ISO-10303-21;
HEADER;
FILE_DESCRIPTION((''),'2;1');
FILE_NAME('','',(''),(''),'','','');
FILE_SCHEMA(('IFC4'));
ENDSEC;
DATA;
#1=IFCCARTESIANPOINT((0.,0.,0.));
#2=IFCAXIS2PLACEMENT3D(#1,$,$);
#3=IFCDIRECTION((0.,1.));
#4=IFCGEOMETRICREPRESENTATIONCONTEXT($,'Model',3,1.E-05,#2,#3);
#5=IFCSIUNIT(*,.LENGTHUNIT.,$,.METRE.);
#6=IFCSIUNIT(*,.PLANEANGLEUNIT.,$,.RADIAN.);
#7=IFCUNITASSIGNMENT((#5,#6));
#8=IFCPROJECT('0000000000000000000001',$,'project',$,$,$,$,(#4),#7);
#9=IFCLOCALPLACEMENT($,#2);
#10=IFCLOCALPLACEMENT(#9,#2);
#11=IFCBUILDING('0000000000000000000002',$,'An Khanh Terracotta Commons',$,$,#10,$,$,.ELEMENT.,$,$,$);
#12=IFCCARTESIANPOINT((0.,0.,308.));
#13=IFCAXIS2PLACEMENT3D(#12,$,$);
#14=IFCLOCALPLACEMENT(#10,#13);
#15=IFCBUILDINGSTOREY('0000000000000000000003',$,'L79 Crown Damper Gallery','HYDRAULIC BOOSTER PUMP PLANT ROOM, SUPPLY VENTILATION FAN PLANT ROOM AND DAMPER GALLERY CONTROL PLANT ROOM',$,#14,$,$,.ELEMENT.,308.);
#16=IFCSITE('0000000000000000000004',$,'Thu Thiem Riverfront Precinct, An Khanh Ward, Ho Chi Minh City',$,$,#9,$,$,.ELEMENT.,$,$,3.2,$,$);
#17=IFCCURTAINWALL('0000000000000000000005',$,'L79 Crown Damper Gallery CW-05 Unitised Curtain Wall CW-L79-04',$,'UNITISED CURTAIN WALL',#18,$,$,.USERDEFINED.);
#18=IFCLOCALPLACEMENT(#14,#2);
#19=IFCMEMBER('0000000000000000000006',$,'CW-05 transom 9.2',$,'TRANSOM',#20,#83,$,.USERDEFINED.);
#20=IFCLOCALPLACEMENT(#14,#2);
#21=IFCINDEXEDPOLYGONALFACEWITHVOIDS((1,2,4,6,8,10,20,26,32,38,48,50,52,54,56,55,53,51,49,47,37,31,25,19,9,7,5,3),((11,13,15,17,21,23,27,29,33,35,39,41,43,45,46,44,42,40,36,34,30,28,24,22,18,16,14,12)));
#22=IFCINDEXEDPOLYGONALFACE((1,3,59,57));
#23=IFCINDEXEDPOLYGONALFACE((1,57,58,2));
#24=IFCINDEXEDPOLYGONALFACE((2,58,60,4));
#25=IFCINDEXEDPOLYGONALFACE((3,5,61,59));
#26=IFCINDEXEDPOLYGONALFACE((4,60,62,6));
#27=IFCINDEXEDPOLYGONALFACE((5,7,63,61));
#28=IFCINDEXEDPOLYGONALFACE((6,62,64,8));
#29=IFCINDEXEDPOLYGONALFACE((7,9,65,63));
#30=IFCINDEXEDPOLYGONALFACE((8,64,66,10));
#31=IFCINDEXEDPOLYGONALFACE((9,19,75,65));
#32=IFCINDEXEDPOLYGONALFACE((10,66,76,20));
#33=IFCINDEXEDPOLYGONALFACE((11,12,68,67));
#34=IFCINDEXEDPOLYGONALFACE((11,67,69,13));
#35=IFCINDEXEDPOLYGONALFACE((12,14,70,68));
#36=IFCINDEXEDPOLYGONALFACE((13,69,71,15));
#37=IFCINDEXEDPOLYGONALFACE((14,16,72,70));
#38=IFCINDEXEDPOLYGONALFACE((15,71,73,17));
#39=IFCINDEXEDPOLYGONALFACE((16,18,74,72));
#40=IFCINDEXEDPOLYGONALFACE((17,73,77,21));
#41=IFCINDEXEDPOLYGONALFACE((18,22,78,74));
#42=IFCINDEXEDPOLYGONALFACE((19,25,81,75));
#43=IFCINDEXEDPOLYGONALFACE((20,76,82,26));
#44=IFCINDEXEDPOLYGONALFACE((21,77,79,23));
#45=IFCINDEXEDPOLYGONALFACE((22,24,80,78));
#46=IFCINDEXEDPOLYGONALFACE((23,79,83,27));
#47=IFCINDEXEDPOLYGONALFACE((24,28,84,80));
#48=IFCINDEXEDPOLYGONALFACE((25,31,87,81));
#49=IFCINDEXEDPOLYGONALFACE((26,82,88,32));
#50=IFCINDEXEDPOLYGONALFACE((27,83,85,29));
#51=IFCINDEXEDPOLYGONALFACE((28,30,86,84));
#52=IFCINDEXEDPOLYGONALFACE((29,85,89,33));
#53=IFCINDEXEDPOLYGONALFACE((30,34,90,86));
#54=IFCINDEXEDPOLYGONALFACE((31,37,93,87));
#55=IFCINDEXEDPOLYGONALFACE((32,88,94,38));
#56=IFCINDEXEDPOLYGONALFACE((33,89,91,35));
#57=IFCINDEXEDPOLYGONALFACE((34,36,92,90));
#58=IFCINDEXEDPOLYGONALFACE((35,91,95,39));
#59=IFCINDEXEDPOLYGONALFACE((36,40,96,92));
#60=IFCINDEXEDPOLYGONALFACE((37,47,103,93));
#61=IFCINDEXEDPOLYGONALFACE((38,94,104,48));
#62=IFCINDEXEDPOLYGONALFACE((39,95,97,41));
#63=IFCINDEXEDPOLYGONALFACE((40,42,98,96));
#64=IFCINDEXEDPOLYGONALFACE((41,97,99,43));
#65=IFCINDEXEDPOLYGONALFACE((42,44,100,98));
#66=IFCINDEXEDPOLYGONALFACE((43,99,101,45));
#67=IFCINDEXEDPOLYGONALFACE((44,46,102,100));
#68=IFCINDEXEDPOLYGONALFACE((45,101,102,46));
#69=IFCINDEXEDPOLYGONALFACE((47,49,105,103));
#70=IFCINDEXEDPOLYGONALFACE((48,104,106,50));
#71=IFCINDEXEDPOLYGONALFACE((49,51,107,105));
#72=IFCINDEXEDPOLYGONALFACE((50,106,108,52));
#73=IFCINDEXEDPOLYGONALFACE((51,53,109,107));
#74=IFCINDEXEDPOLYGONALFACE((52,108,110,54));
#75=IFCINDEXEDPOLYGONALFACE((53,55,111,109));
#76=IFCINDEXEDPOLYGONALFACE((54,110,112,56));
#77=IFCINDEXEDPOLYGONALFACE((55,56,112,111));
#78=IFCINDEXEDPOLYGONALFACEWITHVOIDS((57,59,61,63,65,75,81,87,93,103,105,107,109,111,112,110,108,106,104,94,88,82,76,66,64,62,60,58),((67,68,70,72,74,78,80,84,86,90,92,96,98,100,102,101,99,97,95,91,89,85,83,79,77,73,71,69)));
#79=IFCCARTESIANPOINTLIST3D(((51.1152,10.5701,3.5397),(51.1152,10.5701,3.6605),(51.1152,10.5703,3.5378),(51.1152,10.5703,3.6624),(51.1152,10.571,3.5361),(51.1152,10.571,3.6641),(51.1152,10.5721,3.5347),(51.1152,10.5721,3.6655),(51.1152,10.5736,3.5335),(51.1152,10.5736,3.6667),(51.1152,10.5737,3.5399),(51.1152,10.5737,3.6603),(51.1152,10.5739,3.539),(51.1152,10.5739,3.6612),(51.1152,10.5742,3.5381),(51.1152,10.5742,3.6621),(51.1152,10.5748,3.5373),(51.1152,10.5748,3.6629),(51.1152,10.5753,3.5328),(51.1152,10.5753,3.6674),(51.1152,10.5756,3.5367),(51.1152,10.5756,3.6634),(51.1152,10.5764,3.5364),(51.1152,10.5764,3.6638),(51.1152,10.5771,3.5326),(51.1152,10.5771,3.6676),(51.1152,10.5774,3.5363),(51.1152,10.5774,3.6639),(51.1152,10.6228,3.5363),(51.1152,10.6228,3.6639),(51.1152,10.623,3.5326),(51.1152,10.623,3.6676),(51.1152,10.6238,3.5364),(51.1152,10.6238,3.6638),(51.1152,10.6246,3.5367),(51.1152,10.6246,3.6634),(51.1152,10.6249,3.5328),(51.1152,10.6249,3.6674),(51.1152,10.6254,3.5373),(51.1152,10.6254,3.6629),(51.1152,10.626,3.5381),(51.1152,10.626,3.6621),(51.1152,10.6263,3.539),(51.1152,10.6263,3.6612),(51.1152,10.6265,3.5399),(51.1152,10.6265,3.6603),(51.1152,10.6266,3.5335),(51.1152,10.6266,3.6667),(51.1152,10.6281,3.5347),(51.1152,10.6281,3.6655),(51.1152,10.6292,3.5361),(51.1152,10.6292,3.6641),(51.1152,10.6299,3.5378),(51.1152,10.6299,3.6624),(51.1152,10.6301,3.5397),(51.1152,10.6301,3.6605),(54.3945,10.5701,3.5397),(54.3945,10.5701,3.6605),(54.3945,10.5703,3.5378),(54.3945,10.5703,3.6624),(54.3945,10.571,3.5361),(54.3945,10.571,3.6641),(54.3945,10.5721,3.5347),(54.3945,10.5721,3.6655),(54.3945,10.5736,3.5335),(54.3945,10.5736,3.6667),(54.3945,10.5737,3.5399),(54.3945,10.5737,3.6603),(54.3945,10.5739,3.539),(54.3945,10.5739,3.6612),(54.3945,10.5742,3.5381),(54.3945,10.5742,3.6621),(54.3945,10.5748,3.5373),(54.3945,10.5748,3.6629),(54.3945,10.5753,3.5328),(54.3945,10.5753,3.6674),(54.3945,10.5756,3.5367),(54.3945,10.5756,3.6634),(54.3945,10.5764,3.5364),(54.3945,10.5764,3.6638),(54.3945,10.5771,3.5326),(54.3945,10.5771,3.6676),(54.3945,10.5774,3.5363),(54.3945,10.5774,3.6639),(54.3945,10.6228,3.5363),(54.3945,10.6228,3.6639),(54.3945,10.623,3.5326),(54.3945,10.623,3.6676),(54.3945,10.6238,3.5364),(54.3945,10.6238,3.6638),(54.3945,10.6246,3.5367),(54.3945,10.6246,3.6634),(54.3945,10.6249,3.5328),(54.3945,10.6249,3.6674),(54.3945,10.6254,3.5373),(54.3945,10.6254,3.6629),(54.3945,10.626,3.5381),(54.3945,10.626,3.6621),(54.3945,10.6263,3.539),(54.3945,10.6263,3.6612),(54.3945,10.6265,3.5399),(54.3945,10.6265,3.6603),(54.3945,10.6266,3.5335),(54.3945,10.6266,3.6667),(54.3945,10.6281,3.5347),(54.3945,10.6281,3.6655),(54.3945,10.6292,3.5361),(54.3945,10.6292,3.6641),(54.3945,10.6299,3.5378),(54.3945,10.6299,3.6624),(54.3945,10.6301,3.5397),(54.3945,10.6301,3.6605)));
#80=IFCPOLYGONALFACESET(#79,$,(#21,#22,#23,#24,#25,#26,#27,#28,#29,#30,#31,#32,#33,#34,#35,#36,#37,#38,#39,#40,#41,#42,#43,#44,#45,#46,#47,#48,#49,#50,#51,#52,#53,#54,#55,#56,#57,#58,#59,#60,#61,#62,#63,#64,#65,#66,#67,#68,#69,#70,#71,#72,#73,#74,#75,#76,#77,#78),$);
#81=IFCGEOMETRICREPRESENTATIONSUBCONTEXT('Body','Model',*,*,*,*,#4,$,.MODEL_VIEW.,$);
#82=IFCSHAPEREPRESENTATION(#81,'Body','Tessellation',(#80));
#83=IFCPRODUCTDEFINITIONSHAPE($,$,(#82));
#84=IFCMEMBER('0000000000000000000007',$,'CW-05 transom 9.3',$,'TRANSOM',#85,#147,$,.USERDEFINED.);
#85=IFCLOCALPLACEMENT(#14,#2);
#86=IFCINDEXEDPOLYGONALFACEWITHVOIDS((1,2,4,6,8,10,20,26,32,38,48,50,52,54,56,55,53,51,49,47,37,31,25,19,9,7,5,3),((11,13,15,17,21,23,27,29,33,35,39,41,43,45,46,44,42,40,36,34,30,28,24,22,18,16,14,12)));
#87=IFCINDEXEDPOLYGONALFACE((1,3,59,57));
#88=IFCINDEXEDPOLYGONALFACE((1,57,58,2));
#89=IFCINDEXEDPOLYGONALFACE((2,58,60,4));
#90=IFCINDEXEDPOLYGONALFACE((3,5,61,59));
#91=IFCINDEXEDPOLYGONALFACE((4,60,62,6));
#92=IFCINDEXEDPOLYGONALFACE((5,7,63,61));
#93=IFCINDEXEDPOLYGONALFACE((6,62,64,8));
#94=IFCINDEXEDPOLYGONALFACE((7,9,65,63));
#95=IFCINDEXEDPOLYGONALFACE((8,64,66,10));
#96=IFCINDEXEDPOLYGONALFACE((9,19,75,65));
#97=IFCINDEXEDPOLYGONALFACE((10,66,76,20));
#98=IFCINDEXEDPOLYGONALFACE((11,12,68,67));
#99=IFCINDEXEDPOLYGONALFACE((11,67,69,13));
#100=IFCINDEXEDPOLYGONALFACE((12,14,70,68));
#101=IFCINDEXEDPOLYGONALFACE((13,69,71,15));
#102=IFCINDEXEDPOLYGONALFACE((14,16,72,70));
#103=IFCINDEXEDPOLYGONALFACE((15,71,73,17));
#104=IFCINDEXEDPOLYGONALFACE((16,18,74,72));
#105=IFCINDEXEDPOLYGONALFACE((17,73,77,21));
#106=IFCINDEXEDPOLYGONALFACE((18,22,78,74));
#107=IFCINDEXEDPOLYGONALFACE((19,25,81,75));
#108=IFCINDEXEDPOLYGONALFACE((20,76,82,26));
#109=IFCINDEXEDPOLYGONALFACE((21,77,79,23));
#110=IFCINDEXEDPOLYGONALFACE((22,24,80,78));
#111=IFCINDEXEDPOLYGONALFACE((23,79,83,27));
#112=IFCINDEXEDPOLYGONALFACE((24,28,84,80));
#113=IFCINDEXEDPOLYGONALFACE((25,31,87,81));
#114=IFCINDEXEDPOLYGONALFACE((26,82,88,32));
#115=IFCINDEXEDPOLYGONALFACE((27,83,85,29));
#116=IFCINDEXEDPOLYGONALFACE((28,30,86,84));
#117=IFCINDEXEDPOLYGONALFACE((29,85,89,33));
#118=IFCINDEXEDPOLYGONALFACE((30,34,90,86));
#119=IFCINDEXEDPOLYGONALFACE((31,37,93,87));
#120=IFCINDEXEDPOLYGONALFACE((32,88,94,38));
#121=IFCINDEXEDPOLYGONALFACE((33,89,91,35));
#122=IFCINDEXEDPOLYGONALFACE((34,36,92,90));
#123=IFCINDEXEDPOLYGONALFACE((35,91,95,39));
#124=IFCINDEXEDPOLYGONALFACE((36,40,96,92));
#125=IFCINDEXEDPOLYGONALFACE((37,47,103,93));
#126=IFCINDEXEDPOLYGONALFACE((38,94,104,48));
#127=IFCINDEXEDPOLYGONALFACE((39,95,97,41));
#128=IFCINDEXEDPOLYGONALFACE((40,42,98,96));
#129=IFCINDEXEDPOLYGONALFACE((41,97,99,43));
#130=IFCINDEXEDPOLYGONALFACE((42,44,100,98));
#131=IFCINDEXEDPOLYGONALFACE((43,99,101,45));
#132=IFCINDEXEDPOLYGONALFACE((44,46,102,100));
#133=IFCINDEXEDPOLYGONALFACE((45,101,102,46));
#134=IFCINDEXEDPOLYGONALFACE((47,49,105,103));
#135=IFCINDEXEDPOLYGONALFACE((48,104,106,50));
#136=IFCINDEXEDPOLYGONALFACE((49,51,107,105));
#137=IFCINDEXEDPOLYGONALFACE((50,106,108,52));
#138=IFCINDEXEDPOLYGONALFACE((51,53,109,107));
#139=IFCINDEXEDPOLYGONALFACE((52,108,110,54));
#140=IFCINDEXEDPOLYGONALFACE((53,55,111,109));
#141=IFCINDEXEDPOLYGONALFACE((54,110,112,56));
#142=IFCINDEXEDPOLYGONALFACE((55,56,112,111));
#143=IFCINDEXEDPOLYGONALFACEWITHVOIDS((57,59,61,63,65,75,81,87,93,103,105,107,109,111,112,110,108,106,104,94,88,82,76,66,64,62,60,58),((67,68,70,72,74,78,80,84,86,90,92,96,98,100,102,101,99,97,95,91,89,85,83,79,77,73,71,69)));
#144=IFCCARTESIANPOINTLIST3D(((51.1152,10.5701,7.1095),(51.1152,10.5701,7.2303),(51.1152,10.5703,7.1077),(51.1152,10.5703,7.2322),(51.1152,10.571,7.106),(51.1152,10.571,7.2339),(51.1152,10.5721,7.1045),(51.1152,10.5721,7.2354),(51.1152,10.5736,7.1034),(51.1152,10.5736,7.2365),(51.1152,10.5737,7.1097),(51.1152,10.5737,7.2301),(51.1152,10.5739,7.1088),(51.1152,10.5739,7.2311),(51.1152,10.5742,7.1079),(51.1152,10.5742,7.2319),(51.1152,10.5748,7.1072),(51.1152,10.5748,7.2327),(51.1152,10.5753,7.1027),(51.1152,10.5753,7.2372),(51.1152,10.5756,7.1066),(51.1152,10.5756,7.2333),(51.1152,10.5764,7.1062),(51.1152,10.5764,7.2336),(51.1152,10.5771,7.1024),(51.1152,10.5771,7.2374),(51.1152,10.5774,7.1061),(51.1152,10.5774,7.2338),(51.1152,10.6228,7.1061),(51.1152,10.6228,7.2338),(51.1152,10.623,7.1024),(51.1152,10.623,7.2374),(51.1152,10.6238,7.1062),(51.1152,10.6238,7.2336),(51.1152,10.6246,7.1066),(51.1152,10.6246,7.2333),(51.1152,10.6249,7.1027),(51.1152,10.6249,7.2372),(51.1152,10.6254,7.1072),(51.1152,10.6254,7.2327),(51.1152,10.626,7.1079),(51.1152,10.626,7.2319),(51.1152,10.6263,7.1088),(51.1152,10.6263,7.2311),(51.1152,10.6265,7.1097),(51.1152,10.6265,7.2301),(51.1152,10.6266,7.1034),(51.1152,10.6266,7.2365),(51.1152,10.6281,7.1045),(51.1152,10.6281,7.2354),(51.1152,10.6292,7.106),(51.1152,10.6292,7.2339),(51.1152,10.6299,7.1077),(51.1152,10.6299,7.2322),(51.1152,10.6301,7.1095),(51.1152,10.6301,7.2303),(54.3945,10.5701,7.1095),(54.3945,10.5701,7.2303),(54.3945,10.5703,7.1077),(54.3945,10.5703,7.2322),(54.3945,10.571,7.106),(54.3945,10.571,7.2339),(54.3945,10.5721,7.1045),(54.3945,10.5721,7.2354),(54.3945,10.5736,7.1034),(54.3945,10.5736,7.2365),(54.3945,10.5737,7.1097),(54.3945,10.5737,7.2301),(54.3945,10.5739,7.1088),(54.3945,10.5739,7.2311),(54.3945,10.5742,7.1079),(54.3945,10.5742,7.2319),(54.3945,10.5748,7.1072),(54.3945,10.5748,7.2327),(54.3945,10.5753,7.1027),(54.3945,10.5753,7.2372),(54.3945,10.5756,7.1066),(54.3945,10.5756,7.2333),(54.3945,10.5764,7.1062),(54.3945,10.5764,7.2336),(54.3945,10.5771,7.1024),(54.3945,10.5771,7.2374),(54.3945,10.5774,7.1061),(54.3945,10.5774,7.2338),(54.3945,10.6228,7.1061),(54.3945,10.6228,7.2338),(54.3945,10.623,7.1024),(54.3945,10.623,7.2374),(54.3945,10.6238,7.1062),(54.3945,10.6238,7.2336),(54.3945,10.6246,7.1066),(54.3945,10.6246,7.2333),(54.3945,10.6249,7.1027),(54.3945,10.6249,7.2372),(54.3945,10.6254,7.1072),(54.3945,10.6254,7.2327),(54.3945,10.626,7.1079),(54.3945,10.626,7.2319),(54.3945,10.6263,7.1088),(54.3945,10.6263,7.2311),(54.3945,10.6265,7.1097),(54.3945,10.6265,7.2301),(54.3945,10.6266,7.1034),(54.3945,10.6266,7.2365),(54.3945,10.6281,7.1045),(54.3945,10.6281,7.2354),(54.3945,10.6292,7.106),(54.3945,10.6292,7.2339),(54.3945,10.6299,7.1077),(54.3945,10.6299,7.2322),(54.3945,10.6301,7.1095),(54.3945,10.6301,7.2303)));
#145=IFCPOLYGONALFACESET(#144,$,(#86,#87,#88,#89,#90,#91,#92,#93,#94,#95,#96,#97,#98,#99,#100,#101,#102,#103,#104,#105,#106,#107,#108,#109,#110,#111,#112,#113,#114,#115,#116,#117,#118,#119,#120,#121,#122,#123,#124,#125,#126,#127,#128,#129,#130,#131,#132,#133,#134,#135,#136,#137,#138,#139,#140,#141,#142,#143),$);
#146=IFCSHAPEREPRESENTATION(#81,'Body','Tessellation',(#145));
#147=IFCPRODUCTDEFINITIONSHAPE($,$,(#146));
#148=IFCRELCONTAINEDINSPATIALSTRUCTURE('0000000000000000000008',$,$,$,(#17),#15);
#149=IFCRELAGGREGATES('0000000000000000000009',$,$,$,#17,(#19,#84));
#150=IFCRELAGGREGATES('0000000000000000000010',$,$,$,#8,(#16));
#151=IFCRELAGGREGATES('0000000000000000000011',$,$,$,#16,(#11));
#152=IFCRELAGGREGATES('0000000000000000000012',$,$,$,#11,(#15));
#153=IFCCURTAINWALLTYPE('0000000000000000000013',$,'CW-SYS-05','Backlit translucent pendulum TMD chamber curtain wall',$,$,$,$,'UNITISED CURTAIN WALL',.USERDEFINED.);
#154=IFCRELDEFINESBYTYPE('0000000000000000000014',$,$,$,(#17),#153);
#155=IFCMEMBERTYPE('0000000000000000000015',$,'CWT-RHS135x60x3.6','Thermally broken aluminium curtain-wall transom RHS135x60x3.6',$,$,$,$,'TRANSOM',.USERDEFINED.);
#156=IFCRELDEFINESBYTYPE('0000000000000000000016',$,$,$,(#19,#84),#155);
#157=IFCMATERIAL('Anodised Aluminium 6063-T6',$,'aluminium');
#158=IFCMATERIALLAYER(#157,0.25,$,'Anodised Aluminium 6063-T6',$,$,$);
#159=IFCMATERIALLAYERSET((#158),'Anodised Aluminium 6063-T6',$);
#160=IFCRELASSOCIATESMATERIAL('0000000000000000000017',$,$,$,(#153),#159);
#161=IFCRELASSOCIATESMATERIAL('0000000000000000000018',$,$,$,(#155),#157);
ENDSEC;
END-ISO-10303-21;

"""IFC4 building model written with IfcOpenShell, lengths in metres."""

from ifc_helpers import new_model, si_unit, direction, frame, origin, origin_2d, place, context, subcontext, project, spatial, hollow_rectangle, extrude, material, layer, layer_set, material_profile, profile_set, type_object, element, aggregate, save


model = new_model("IFC4")

# Units and contexts
model_context = context("Model", 3, precision=1e-05, world=origin(), true_north=direction((0.0, 1.0)))
body_context = subcontext(model_context, "Body", "Model", "MODEL_VIEW")
ifc_project = project(units=[si_unit("LENGTHUNIT", "METRE"), si_unit("PLANEANGLEUNIT", "RADIAN")], contexts=[model_context])

# Site, building, storey
site_placement = place(None, origin())
site = spatial("IfcSite", under=ifc_project, at=site_placement, Name="Thu Thiem Riverfront Precinct, An Khanh Ward, Ho Chi Minh City", CompositionType="ELEMENT", RefElevation=3.2)
building_placement = place(site_placement, origin())
building = spatial("IfcBuilding", under=site, at=building_placement, Name="An Khanh Terracotta Commons", CompositionType="ELEMENT")
storey_placement = place(building_placement, frame((0.0, 0.0, 308.0)))
storey = spatial("IfcBuildingStorey", under=building, at=storey_placement, Name="L79 Crown Damper Gallery", Description="HYDRAULIC BOOSTER PUMP PLANT ROOM, SUPPLY VENTILATION FAN PLANT ROOM AND DAMPER GALLERY CONTROL PLANT ROOM", CompositionType="ELEMENT", Elevation=308.0)

# Curtain wall, members
ifc_material_1 = material(Name="Anodised Aluminium 6063-T6", Category="aluminium")
ifc_layer_1 = layer(ifc_material_1, 0.25, Name="Anodised Aluminium 6063-T6")
ifc_layer_set_1 = layer_set([ifc_layer_1], Name="Anodised Aluminium 6063-T6")
curtain_wall_type = type_object("IfcCurtainWallType", Name="CW-SYS-05", Description="Backlit translucent pendulum TMD chamber curtain wall", ElementType="UNITISED CURTAIN WALL", PredefinedType="USERDEFINED", material=ifc_layer_set_1)
curtain_wall_placement = place(storey_placement, origin())
curtain_wall = element("IfcCurtainWall", 1, at=curtain_wall_placement, inside=storey, type_object=curtain_wall_type, Name="L79 Crown Damper Gallery CW-05 Unitised Curtain Wall CW-L79-04", ObjectType="UNITISED CURTAIN WALL", PredefinedType="USERDEFINED")
ifc_material_profile_1 = material_profile(ifc_material_1, hollow_rectangle(XDim=0.0601, YDim=0.135, WallThickness=0.0037, InnerFilletRadius=0.0037, OuterFilletRadius=0.0071, at=origin_2d()), Name="RHS135x60x3.6")
ifc_profile_set_1 = profile_set([ifc_material_profile_1], Name="Anodised Aluminium 6063-T6")
member_type_1 = type_object("IfcMemberType", Name="CWT-RHS135x60x3.6", Description="Thermally broken aluminium curtain-wall transom RHS135x60x3.6", ElementType="TRANSOM", PredefinedType="USERDEFINED", material=ifc_profile_set_1)
member_1_placement = place(storey_placement, frame((51.1152, 10.6001, 3.6001), z_axis=(1.0, 0.0, 0.0), x_axis=(0.0, 1.0, 0.0)))
member_1 = element("IfcMember", 2, at=member_1_placement, type_object=member_type_1, Name="CW-05 transom 9.2", ObjectType="TRANSOM", PredefinedType="USERDEFINED", context=body_context, shape_type="SweptSolid", body=[
    extrude(hollow_rectangle(XDim=0.0601, YDim=0.135, WallThickness=0.0037, InnerFilletRadius=0.0037, OuterFilletRadius=0.0071, at=origin_2d()), origin(), (0.0, 0.0, 1.0), 3.2793),
])
member_2_placement = place(storey_placement, frame((51.1152, 10.6001, 7.1699), z_axis=(1.0, 0.0, 0.0), x_axis=(0.0, 1.0, 0.0)))
member_2 = element("IfcMember", 3, at=member_2_placement, type_object=member_type_1, Name="CW-05 transom 9.3", ObjectType="TRANSOM", PredefinedType="USERDEFINED", context=body_context, shape_type="SweptSolid", body=[
    extrude(hollow_rectangle(XDim=0.0601, YDim=0.135, WallThickness=0.0037, InnerFilletRadius=0.0037, OuterFilletRadius=0.0071, at=origin_2d()), origin(), (0.0, 0.0, 1.0), 3.2793),
])

aggregate(curtain_wall, [member_1, member_2])

save(model, "model.ifc")
